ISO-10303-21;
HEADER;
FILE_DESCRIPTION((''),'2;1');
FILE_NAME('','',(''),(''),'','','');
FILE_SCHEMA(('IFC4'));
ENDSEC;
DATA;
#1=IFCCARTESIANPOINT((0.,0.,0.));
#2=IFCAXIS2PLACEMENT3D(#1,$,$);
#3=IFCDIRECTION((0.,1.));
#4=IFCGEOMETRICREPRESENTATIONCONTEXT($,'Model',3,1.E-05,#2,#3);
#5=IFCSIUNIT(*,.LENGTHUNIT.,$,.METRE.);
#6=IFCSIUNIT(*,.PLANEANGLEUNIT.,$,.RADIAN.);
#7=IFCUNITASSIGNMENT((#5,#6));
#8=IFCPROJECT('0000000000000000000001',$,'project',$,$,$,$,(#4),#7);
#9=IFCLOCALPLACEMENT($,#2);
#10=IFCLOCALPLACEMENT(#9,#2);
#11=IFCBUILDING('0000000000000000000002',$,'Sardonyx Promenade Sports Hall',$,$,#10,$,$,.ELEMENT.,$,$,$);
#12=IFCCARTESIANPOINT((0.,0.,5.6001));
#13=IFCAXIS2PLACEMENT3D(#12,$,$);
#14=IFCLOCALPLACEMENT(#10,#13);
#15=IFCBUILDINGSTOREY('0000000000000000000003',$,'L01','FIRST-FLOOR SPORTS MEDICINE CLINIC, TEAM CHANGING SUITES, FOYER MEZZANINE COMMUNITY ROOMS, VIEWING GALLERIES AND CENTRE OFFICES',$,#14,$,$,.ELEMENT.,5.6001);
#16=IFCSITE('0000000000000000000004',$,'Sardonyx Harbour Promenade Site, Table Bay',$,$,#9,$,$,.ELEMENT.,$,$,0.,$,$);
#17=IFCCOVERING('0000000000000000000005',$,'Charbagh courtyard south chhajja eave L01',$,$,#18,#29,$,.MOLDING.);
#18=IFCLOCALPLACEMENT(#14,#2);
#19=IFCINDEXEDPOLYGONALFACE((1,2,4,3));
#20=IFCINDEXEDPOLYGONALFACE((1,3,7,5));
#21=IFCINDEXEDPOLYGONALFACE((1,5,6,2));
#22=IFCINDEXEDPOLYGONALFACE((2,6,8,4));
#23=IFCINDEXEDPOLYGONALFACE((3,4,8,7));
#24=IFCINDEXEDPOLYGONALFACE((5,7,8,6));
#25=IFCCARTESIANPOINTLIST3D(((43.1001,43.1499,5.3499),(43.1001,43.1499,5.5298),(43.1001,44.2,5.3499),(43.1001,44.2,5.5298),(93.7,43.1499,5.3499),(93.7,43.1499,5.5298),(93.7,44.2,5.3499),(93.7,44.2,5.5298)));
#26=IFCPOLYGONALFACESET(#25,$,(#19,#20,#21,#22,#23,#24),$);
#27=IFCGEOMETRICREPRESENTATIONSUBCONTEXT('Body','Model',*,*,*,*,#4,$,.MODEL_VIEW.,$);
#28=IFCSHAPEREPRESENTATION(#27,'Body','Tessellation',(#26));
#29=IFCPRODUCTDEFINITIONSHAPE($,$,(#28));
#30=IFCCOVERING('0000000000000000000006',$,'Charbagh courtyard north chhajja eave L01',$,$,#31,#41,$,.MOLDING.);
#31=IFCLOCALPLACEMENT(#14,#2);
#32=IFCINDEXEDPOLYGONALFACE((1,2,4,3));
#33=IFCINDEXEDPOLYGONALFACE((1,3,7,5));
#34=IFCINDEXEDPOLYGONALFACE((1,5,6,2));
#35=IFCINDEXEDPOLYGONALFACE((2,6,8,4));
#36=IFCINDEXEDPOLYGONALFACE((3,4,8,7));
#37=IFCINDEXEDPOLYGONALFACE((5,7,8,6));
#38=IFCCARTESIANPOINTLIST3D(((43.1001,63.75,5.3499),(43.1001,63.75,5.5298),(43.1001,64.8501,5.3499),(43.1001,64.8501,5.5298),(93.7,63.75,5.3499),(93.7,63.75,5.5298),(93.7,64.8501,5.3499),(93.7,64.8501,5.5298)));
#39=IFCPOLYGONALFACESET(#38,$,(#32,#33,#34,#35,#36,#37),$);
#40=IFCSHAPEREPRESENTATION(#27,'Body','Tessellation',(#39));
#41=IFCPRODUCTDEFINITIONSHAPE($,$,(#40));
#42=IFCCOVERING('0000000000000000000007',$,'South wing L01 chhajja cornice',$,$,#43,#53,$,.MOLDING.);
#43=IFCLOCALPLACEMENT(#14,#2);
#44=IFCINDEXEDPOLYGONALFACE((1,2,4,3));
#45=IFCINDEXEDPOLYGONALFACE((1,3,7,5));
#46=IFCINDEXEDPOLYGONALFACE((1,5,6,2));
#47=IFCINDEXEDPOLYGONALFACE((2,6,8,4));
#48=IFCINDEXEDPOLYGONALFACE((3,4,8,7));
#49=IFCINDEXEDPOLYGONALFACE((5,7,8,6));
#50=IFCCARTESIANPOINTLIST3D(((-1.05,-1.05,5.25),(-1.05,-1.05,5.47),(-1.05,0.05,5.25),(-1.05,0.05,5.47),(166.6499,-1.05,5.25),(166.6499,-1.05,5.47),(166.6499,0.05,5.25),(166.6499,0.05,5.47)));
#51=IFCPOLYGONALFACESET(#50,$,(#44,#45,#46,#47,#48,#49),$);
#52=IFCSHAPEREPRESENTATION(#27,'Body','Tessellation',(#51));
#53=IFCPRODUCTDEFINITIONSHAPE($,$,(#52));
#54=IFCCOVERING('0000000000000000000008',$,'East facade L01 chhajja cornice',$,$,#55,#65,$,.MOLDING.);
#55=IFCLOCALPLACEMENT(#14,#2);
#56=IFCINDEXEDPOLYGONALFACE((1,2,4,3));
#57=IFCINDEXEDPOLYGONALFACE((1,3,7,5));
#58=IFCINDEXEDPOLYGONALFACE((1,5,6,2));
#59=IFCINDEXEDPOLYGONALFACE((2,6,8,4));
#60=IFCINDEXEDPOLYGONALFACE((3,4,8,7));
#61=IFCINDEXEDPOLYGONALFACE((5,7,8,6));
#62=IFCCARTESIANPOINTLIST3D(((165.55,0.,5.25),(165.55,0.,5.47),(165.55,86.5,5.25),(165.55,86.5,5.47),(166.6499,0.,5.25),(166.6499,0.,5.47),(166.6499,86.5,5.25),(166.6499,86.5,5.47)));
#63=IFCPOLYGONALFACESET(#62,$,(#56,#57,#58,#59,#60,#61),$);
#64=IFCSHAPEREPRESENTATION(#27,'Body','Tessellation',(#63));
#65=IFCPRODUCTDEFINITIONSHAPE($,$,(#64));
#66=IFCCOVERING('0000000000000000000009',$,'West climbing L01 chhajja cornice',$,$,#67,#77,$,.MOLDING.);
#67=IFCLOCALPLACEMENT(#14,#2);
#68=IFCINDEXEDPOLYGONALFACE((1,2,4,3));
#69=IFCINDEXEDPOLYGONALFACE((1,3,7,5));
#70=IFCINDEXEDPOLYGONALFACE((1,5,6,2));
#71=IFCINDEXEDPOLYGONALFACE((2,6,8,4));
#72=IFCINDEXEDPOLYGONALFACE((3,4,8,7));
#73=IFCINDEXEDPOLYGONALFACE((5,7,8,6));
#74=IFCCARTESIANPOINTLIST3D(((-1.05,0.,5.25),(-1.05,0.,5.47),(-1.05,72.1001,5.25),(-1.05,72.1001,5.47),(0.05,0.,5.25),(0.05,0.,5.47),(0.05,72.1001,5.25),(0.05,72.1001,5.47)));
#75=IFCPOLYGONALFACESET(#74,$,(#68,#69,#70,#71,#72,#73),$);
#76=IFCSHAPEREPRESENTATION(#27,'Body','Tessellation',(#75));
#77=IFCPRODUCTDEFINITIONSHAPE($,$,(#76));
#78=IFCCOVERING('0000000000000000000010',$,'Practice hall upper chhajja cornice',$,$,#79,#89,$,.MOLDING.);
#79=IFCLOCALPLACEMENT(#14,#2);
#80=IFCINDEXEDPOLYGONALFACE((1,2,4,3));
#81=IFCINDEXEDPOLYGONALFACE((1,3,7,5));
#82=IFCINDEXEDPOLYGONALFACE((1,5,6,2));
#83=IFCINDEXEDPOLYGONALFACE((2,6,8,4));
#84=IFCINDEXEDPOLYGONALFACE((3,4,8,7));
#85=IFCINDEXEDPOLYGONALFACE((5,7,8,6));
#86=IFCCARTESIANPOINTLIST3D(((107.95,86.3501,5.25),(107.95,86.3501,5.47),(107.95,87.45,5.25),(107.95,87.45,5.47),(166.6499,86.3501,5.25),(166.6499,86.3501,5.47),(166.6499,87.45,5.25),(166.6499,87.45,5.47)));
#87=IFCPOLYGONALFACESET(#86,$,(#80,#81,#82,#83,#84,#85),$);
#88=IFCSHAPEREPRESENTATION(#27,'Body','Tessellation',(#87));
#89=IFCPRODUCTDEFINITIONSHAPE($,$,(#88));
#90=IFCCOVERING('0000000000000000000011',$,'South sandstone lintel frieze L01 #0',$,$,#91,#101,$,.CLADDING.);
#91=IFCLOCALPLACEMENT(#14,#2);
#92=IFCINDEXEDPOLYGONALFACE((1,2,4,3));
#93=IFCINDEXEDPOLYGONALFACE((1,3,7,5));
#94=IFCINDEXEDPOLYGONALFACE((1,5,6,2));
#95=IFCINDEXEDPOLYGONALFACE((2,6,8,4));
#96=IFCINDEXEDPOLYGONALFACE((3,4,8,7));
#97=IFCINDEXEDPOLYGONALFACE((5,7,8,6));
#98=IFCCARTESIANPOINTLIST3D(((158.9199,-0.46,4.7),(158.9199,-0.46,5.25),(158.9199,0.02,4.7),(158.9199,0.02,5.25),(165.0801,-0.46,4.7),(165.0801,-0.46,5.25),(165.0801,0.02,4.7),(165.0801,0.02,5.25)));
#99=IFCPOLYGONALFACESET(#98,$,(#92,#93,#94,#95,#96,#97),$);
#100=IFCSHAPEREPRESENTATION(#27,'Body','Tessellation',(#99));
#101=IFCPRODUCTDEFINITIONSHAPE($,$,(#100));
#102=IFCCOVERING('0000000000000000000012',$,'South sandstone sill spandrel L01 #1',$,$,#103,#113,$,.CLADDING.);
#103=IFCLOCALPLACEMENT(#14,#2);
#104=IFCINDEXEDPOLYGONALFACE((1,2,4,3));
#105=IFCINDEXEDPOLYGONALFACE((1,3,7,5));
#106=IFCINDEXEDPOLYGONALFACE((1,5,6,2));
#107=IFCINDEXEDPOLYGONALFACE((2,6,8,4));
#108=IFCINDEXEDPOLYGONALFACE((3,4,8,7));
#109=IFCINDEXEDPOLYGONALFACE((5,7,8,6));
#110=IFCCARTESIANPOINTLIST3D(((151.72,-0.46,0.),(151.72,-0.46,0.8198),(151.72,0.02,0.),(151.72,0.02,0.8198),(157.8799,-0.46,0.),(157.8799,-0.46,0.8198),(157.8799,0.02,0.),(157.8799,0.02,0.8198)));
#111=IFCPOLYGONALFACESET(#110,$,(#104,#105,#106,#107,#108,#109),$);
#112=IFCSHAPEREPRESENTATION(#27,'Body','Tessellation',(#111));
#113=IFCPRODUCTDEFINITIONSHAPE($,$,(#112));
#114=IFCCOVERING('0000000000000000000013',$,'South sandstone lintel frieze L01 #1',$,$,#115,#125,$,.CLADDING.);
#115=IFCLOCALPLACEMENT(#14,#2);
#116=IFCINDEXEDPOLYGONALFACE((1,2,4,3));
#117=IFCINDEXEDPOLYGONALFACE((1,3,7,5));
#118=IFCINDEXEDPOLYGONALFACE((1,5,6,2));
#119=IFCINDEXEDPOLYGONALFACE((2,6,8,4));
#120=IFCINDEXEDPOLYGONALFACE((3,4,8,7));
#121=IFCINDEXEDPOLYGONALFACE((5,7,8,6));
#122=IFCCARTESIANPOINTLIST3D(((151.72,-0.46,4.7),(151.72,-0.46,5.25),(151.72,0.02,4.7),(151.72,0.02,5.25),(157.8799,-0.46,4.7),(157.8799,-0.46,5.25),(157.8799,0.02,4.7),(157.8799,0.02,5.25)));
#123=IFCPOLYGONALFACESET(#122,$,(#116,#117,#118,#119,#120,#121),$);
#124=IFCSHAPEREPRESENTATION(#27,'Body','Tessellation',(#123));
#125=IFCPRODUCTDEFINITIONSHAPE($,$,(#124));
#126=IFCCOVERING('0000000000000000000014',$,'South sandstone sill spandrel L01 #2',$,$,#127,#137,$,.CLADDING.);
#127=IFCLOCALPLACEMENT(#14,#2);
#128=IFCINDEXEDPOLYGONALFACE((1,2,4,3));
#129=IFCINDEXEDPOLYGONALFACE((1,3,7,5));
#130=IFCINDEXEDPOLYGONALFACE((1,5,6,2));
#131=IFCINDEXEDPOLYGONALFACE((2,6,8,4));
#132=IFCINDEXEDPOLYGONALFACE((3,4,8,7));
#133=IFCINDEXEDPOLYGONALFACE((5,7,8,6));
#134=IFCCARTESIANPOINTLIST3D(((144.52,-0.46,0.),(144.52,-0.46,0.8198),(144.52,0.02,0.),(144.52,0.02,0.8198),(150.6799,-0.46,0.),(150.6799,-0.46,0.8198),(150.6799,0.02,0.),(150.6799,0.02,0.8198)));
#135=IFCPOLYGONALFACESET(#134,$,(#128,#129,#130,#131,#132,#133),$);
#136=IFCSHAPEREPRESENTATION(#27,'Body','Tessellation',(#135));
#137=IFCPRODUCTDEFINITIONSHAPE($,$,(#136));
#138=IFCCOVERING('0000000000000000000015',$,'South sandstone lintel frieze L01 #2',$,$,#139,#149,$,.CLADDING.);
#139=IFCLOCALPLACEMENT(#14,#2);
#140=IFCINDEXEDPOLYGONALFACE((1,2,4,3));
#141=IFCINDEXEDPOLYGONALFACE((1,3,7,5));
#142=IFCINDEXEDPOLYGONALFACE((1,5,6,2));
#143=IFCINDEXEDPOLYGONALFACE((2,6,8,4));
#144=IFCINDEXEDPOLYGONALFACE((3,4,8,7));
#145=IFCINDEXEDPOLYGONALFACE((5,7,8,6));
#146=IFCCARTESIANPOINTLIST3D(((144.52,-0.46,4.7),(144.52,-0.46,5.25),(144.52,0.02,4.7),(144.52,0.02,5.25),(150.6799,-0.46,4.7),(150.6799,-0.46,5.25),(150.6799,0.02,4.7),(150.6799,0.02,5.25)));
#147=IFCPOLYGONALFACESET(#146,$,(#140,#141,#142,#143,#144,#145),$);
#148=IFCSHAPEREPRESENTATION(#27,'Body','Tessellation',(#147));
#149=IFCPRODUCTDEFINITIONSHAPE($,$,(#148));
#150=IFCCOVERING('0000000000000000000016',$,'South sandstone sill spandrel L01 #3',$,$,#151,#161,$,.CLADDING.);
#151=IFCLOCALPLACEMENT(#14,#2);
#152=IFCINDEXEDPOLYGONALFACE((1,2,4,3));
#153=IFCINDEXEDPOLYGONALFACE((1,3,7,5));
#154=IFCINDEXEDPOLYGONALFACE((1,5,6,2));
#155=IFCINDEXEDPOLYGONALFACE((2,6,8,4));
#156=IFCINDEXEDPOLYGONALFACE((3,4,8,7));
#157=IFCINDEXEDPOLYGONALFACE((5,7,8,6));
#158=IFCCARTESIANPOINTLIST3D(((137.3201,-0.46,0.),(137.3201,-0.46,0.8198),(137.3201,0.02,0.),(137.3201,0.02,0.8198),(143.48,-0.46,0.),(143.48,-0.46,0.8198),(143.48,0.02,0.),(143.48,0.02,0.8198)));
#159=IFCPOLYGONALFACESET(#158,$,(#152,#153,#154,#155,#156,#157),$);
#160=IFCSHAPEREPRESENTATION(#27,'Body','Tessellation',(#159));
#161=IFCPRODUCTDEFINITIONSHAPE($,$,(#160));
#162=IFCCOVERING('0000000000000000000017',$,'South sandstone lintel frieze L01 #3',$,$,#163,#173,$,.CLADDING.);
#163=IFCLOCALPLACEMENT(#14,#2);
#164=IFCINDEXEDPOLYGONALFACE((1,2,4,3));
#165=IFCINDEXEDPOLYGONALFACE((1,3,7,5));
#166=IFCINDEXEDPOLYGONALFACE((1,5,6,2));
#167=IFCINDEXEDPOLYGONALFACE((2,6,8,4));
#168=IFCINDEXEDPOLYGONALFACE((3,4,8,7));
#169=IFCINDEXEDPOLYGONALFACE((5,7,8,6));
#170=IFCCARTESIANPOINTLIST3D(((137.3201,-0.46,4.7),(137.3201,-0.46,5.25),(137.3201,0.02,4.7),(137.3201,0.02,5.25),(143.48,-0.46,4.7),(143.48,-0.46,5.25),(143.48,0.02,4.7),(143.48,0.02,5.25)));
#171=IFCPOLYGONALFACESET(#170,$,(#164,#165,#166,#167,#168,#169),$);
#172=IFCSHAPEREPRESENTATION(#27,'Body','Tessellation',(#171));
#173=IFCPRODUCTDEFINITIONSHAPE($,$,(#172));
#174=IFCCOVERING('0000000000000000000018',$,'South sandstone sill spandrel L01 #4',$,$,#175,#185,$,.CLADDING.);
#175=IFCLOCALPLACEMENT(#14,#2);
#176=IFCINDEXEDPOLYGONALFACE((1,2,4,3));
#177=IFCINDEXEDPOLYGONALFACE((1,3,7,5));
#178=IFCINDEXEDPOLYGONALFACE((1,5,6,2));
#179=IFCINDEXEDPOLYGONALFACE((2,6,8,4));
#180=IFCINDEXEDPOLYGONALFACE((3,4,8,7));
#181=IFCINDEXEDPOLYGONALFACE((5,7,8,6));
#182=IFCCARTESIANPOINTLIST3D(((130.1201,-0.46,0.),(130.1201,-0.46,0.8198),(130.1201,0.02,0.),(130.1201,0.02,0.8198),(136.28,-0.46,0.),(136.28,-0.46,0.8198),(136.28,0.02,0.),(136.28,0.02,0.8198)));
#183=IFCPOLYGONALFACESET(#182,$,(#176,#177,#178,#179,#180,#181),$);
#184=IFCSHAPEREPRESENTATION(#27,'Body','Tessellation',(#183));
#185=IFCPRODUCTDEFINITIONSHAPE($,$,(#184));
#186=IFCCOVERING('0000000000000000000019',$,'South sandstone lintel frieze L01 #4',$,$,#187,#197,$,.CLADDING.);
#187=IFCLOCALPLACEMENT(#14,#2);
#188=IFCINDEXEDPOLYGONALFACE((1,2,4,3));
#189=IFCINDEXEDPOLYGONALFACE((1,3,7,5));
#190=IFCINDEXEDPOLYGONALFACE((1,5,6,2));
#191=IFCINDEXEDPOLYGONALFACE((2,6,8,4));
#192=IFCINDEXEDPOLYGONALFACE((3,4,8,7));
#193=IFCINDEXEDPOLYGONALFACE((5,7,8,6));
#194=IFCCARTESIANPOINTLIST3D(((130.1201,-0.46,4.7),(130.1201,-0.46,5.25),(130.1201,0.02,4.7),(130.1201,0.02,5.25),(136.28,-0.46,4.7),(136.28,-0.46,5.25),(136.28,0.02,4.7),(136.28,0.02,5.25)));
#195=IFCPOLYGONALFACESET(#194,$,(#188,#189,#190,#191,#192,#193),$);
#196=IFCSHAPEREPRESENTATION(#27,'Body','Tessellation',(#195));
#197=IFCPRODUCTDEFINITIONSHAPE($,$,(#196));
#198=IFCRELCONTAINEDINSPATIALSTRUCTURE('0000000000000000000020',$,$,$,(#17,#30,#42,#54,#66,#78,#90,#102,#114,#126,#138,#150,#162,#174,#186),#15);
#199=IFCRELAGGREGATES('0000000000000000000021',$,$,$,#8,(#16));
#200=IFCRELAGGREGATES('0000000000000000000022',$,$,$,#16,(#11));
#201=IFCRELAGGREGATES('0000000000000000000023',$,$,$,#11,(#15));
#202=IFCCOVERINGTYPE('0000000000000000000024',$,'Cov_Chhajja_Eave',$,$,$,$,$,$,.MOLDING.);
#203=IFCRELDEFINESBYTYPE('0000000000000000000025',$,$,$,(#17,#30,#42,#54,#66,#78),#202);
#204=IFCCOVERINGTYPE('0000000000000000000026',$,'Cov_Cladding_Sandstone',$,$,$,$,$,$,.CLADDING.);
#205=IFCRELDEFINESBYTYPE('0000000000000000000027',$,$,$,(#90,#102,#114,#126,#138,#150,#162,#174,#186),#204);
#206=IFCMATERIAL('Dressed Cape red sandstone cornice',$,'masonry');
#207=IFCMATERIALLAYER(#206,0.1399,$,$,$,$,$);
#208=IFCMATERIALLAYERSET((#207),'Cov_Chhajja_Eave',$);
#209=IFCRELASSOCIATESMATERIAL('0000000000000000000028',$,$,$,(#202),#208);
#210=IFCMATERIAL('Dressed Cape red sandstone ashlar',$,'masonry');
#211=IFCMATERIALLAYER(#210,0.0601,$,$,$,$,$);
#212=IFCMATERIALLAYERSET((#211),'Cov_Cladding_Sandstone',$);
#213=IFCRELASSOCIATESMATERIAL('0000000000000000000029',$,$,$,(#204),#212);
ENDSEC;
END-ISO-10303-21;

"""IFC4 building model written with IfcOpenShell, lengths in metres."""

from ifc_helpers import new_model, si_unit, direction, frame, origin, place, context, subcontext, project, spatial, polyline, outline, extrude, material, layer, layer_set, type_object, element, save


model = new_model("IFC4")

# Units and contexts
model_context = context("Model", 3, precision=1e-05, world=origin(), true_north=direction((0.0, 1.0)))
body_context = subcontext(model_context, "Body", "Model", "MODEL_VIEW")
ifc_project = project(units=[si_unit("LENGTHUNIT", "METRE"), si_unit("PLANEANGLEUNIT", "RADIAN")], contexts=[model_context])

# Site, building, storey
site_placement = place(None, origin())
site = spatial("IfcSite", under=ifc_project, at=site_placement, Name="Sardonyx Harbour Promenade Site, Table Bay", CompositionType="ELEMENT", RefElevation=0.0)
building_placement = place(site_placement, origin())
building = spatial("IfcBuilding", under=site, at=building_placement, Name="Sardonyx Promenade Sports Hall", CompositionType="ELEMENT")
storey_placement = place(building_placement, frame((0.0, 0.0, 5.6001)))
storey = spatial("IfcBuildingStorey", under=building, at=storey_placement, Name="L01", Description="FIRST-FLOOR SPORTS MEDICINE CLINIC, TEAM CHANGING SUITES, FOYER MEZZANINE COMMUNITY ROOMS, VIEWING GALLERIES AND CENTRE OFFICES", CompositionType="ELEMENT", Elevation=5.6001)

# Coverings
ifc_material_1 = material(Name="Dressed Cape red sandstone cornice", Category="masonry")
ifc_layer_1 = layer(ifc_material_1, 0.1399)
ifc_layer_set_1 = layer_set([ifc_layer_1], Name="Cov_Chhajja_Eave")
covering_type_1 = type_object("IfcCoveringType", Name="Cov_Chhajja_Eave", PredefinedType="MOLDING", material=ifc_layer_set_1)
covering_1_placement = place(storey_placement, frame((0.0, 0.0, 5.3499)))
element("IfcCovering", 1, at=covering_1_placement, inside=storey, type_object=covering_type_1, Name="Charbagh courtyard south chhajja eave L01", PredefinedType="MOLDING", context=body_context, shape_type="SweptSolid", body=[
    extrude(outline(polyline([(43.1001, 43.1499), (93.7, 43.1499), (93.7, 44.2), (43.1001, 44.2), (43.1001, 43.1499)])), origin(), (0.0, 0.0, 1.0), 0.1799),
])
covering_2_placement = place(storey_placement, frame((0.0, 0.0, 5.3499)))
element("IfcCovering", 2, at=covering_2_placement, inside=storey, type_object=covering_type_1, Name="Charbagh courtyard north chhajja eave L01", PredefinedType="MOLDING", context=body_context, shape_type="SweptSolid", body=[
    extrude(outline(polyline([(43.1001, 63.75), (93.7, 63.75), (93.7, 64.8501), (43.1001, 64.8501), (43.1001, 63.75)])), origin(), (0.0, 0.0, 1.0), 0.1799),
])
covering_3_placement = place(storey_placement, frame((0.0, 0.0, 5.25)))
element("IfcCovering", 3, at=covering_3_placement, inside=storey, type_object=covering_type_1, Name="South wing L01 chhajja cornice", PredefinedType="MOLDING", context=body_context, shape_type="SweptSolid", body=[
    extrude(outline(polyline([(-1.05, -1.05), (166.6499, -1.05), (166.6499, 0.05), (-1.05, 0.05), (-1.05, -1.05)])), origin(), (0.0, 0.0, 1.0), 0.22),
])
covering_4_placement = place(storey_placement, frame((0.0, 0.0, 5.25)))
element("IfcCovering", 4, at=covering_4_placement, inside=storey, type_object=covering_type_1, Name="East facade L01 chhajja cornice", PredefinedType="MOLDING", context=body_context, shape_type="SweptSolid", body=[
    extrude(outline(polyline([(165.55, 0.0), (166.6499, 0.0), (166.6499, 86.5), (165.55, 86.5), (165.55, 0.0)])), origin(), (0.0, 0.0, 1.0), 0.22),
])
covering_5_placement = place(storey_placement, frame((0.0, 0.0, 5.25)))
element("IfcCovering", 5, at=covering_5_placement, inside=storey, type_object=covering_type_1, Name="West climbing L01 chhajja cornice", PredefinedType="MOLDING", context=body_context, shape_type="SweptSolid", body=[
    extrude(outline(polyline([(-1.05, 0.0), (0.05, 0.0), (0.05, 72.1001), (-1.05, 72.1001), (-1.05, 0.0)])), origin(), (0.0, 0.0, 1.0), 0.22),
])
covering_6_placement = place(storey_placement, frame((0.0, 0.0, 5.25)))
element("IfcCovering", 6, at=covering_6_placement, inside=storey, type_object=covering_type_1, Name="Practice hall upper chhajja cornice", PredefinedType="MOLDING", context=body_context, shape_type="SweptSolid", body=[
    extrude(outline(polyline([(107.95, 86.3501), (166.6499, 86.3501), (166.6499, 87.45), (107.95, 87.45), (107.95, 86.3501)])), origin(), (0.0, 0.0, 1.0), 0.22),
])
ifc_material_2 = material(Name="Dressed Cape red sandstone ashlar", Category="masonry")
ifc_layer_2 = layer(ifc_material_2, 0.0601)
ifc_layer_set_2 = layer_set([ifc_layer_2], Name="Cov_Cladding_Sandstone")
covering_type_2 = type_object("IfcCoveringType", Name="Cov_Cladding_Sandstone", PredefinedType="CLADDING", material=ifc_layer_set_2)
covering_7_placement = place(storey_placement, frame((0.0, 0.0, 4.7)))
element("IfcCovering", 7, at=covering_7_placement, inside=storey, type_object=covering_type_2, Name="South sandstone lintel frieze L01 #0", PredefinedType="CLADDING", context=body_context, shape_type="SweptSolid", body=[
    extrude(outline(polyline([(158.9199, -0.46), (165.0801, -0.46), (165.0801, 0.02), (158.9199, 0.02), (158.9199, -0.46)])), origin(), (0.0, 0.0, 1.0), 0.55),
])
covering_8_placement = place(storey_placement, origin())
element("IfcCovering", 8, at=covering_8_placement, inside=storey, type_object=covering_type_2, Name="South sandstone sill spandrel L01 #1", PredefinedType="CLADDING", context=body_context, shape_type="SweptSolid", body=[
    extrude(outline(polyline([(151.72, -0.46), (157.8799, -0.46), (157.8799, 0.02), (151.72, 0.02), (151.72, -0.46)])), origin(), (0.0, 0.0, 1.0), 0.8198),
])
covering_9_placement = place(storey_placement, frame((0.0, 0.0, 4.7)))
element("IfcCovering", 9, at=covering_9_placement, inside=storey, type_object=covering_type_2, Name="South sandstone lintel frieze L01 #1", PredefinedType="CLADDING", context=body_context, shape_type="SweptSolid", body=[
    extrude(outline(polyline([(151.72, -0.46), (157.8799, -0.46), (157.8799, 0.02), (151.72, 0.02), (151.72, -0.46)])), origin(), (0.0, 0.0, 1.0), 0.55),
])
covering_10_placement = place(storey_placement, origin())
element("IfcCovering", 10, at=covering_10_placement, inside=storey, type_object=covering_type_2, Name="South sandstone sill spandrel L01 #2", PredefinedType="CLADDING", context=body_context, shape_type="SweptSolid", body=[
    extrude(outline(polyline([(144.52, -0.46), (150.6799, -0.46), (150.6799, 0.02), (144.52, 0.02), (144.52, -0.46)])), origin(), (0.0, 0.0, 1.0), 0.8198),
])
covering_11_placement = place(storey_placement, frame((0.0, 0.0, 4.7)))
element("IfcCovering", 11, at=covering_11_placement, inside=storey, type_object=covering_type_2, Name="South sandstone lintel frieze L01 #2", PredefinedType="CLADDING", context=body_context, shape_type="SweptSolid", body=[
    extrude(outline(polyline([(144.52, -0.46), (150.6799, -0.46), (150.6799, 0.02), (144.52, 0.02), (144.52, -0.46)])), origin(), (0.0, 0.0, 1.0), 0.55),
])
covering_12_placement = place(storey_placement, origin())
element("IfcCovering", 12, at=covering_12_placement, inside=storey, type_object=covering_type_2, Name="South sandstone sill spandrel L01 #3", PredefinedType="CLADDING", context=body_context, shape_type="SweptSolid", body=[
    extrude(outline(polyline([(137.3201, -0.46), (143.48, -0.46), (143.48, 0.02), (137.3201, 0.02), (137.3201, -0.46)])), origin(), (0.0, 0.0, 1.0), 0.8198),
])
covering_13_placement = place(storey_placement, frame((0.0, 0.0, 4.7)))
element("IfcCovering", 13, at=covering_13_placement, inside=storey, type_object=covering_type_2, Name="South sandstone lintel frieze L01 #3", PredefinedType="CLADDING", context=body_context, shape_type="SweptSolid", body=[
    extrude(outline(polyline([(137.3201, -0.46), (143.48, -0.46), (143.48, 0.02), (137.3201, 0.02), (137.3201, -0.46)])), origin(), (0.0, 0.0, 1.0), 0.55),
])
covering_14_placement = place(storey_placement, origin())
element("IfcCovering", 14, at=covering_14_placement, inside=storey, type_object=covering_type_2, Name="South sandstone sill spandrel L01 #4", PredefinedType="CLADDING", context=body_context, shape_type="SweptSolid", body=[
    extrude(outline(polyline([(130.1201, -0.46), (136.28, -0.46), (136.28, 0.02), (130.1201, 0.02), (130.1201, -0.46)])), origin(), (0.0, 0.0, 1.0), 0.8198),
])
covering_15_placement = place(storey_placement, frame((0.0, 0.0, 4.7)))
element("IfcCovering", 15, at=covering_15_placement, inside=storey, type_object=covering_type_2, Name="South sandstone lintel frieze L01 #4", PredefinedType="CLADDING", context=body_context, shape_type="SweptSolid", body=[
    extrude(outline(polyline([(130.1201, -0.46), (136.28, -0.46), (136.28, 0.02), (130.1201, 0.02), (130.1201, -0.46)])), origin(), (0.0, 0.0, 1.0), 0.55),
])

save(model, "model.ifc")
